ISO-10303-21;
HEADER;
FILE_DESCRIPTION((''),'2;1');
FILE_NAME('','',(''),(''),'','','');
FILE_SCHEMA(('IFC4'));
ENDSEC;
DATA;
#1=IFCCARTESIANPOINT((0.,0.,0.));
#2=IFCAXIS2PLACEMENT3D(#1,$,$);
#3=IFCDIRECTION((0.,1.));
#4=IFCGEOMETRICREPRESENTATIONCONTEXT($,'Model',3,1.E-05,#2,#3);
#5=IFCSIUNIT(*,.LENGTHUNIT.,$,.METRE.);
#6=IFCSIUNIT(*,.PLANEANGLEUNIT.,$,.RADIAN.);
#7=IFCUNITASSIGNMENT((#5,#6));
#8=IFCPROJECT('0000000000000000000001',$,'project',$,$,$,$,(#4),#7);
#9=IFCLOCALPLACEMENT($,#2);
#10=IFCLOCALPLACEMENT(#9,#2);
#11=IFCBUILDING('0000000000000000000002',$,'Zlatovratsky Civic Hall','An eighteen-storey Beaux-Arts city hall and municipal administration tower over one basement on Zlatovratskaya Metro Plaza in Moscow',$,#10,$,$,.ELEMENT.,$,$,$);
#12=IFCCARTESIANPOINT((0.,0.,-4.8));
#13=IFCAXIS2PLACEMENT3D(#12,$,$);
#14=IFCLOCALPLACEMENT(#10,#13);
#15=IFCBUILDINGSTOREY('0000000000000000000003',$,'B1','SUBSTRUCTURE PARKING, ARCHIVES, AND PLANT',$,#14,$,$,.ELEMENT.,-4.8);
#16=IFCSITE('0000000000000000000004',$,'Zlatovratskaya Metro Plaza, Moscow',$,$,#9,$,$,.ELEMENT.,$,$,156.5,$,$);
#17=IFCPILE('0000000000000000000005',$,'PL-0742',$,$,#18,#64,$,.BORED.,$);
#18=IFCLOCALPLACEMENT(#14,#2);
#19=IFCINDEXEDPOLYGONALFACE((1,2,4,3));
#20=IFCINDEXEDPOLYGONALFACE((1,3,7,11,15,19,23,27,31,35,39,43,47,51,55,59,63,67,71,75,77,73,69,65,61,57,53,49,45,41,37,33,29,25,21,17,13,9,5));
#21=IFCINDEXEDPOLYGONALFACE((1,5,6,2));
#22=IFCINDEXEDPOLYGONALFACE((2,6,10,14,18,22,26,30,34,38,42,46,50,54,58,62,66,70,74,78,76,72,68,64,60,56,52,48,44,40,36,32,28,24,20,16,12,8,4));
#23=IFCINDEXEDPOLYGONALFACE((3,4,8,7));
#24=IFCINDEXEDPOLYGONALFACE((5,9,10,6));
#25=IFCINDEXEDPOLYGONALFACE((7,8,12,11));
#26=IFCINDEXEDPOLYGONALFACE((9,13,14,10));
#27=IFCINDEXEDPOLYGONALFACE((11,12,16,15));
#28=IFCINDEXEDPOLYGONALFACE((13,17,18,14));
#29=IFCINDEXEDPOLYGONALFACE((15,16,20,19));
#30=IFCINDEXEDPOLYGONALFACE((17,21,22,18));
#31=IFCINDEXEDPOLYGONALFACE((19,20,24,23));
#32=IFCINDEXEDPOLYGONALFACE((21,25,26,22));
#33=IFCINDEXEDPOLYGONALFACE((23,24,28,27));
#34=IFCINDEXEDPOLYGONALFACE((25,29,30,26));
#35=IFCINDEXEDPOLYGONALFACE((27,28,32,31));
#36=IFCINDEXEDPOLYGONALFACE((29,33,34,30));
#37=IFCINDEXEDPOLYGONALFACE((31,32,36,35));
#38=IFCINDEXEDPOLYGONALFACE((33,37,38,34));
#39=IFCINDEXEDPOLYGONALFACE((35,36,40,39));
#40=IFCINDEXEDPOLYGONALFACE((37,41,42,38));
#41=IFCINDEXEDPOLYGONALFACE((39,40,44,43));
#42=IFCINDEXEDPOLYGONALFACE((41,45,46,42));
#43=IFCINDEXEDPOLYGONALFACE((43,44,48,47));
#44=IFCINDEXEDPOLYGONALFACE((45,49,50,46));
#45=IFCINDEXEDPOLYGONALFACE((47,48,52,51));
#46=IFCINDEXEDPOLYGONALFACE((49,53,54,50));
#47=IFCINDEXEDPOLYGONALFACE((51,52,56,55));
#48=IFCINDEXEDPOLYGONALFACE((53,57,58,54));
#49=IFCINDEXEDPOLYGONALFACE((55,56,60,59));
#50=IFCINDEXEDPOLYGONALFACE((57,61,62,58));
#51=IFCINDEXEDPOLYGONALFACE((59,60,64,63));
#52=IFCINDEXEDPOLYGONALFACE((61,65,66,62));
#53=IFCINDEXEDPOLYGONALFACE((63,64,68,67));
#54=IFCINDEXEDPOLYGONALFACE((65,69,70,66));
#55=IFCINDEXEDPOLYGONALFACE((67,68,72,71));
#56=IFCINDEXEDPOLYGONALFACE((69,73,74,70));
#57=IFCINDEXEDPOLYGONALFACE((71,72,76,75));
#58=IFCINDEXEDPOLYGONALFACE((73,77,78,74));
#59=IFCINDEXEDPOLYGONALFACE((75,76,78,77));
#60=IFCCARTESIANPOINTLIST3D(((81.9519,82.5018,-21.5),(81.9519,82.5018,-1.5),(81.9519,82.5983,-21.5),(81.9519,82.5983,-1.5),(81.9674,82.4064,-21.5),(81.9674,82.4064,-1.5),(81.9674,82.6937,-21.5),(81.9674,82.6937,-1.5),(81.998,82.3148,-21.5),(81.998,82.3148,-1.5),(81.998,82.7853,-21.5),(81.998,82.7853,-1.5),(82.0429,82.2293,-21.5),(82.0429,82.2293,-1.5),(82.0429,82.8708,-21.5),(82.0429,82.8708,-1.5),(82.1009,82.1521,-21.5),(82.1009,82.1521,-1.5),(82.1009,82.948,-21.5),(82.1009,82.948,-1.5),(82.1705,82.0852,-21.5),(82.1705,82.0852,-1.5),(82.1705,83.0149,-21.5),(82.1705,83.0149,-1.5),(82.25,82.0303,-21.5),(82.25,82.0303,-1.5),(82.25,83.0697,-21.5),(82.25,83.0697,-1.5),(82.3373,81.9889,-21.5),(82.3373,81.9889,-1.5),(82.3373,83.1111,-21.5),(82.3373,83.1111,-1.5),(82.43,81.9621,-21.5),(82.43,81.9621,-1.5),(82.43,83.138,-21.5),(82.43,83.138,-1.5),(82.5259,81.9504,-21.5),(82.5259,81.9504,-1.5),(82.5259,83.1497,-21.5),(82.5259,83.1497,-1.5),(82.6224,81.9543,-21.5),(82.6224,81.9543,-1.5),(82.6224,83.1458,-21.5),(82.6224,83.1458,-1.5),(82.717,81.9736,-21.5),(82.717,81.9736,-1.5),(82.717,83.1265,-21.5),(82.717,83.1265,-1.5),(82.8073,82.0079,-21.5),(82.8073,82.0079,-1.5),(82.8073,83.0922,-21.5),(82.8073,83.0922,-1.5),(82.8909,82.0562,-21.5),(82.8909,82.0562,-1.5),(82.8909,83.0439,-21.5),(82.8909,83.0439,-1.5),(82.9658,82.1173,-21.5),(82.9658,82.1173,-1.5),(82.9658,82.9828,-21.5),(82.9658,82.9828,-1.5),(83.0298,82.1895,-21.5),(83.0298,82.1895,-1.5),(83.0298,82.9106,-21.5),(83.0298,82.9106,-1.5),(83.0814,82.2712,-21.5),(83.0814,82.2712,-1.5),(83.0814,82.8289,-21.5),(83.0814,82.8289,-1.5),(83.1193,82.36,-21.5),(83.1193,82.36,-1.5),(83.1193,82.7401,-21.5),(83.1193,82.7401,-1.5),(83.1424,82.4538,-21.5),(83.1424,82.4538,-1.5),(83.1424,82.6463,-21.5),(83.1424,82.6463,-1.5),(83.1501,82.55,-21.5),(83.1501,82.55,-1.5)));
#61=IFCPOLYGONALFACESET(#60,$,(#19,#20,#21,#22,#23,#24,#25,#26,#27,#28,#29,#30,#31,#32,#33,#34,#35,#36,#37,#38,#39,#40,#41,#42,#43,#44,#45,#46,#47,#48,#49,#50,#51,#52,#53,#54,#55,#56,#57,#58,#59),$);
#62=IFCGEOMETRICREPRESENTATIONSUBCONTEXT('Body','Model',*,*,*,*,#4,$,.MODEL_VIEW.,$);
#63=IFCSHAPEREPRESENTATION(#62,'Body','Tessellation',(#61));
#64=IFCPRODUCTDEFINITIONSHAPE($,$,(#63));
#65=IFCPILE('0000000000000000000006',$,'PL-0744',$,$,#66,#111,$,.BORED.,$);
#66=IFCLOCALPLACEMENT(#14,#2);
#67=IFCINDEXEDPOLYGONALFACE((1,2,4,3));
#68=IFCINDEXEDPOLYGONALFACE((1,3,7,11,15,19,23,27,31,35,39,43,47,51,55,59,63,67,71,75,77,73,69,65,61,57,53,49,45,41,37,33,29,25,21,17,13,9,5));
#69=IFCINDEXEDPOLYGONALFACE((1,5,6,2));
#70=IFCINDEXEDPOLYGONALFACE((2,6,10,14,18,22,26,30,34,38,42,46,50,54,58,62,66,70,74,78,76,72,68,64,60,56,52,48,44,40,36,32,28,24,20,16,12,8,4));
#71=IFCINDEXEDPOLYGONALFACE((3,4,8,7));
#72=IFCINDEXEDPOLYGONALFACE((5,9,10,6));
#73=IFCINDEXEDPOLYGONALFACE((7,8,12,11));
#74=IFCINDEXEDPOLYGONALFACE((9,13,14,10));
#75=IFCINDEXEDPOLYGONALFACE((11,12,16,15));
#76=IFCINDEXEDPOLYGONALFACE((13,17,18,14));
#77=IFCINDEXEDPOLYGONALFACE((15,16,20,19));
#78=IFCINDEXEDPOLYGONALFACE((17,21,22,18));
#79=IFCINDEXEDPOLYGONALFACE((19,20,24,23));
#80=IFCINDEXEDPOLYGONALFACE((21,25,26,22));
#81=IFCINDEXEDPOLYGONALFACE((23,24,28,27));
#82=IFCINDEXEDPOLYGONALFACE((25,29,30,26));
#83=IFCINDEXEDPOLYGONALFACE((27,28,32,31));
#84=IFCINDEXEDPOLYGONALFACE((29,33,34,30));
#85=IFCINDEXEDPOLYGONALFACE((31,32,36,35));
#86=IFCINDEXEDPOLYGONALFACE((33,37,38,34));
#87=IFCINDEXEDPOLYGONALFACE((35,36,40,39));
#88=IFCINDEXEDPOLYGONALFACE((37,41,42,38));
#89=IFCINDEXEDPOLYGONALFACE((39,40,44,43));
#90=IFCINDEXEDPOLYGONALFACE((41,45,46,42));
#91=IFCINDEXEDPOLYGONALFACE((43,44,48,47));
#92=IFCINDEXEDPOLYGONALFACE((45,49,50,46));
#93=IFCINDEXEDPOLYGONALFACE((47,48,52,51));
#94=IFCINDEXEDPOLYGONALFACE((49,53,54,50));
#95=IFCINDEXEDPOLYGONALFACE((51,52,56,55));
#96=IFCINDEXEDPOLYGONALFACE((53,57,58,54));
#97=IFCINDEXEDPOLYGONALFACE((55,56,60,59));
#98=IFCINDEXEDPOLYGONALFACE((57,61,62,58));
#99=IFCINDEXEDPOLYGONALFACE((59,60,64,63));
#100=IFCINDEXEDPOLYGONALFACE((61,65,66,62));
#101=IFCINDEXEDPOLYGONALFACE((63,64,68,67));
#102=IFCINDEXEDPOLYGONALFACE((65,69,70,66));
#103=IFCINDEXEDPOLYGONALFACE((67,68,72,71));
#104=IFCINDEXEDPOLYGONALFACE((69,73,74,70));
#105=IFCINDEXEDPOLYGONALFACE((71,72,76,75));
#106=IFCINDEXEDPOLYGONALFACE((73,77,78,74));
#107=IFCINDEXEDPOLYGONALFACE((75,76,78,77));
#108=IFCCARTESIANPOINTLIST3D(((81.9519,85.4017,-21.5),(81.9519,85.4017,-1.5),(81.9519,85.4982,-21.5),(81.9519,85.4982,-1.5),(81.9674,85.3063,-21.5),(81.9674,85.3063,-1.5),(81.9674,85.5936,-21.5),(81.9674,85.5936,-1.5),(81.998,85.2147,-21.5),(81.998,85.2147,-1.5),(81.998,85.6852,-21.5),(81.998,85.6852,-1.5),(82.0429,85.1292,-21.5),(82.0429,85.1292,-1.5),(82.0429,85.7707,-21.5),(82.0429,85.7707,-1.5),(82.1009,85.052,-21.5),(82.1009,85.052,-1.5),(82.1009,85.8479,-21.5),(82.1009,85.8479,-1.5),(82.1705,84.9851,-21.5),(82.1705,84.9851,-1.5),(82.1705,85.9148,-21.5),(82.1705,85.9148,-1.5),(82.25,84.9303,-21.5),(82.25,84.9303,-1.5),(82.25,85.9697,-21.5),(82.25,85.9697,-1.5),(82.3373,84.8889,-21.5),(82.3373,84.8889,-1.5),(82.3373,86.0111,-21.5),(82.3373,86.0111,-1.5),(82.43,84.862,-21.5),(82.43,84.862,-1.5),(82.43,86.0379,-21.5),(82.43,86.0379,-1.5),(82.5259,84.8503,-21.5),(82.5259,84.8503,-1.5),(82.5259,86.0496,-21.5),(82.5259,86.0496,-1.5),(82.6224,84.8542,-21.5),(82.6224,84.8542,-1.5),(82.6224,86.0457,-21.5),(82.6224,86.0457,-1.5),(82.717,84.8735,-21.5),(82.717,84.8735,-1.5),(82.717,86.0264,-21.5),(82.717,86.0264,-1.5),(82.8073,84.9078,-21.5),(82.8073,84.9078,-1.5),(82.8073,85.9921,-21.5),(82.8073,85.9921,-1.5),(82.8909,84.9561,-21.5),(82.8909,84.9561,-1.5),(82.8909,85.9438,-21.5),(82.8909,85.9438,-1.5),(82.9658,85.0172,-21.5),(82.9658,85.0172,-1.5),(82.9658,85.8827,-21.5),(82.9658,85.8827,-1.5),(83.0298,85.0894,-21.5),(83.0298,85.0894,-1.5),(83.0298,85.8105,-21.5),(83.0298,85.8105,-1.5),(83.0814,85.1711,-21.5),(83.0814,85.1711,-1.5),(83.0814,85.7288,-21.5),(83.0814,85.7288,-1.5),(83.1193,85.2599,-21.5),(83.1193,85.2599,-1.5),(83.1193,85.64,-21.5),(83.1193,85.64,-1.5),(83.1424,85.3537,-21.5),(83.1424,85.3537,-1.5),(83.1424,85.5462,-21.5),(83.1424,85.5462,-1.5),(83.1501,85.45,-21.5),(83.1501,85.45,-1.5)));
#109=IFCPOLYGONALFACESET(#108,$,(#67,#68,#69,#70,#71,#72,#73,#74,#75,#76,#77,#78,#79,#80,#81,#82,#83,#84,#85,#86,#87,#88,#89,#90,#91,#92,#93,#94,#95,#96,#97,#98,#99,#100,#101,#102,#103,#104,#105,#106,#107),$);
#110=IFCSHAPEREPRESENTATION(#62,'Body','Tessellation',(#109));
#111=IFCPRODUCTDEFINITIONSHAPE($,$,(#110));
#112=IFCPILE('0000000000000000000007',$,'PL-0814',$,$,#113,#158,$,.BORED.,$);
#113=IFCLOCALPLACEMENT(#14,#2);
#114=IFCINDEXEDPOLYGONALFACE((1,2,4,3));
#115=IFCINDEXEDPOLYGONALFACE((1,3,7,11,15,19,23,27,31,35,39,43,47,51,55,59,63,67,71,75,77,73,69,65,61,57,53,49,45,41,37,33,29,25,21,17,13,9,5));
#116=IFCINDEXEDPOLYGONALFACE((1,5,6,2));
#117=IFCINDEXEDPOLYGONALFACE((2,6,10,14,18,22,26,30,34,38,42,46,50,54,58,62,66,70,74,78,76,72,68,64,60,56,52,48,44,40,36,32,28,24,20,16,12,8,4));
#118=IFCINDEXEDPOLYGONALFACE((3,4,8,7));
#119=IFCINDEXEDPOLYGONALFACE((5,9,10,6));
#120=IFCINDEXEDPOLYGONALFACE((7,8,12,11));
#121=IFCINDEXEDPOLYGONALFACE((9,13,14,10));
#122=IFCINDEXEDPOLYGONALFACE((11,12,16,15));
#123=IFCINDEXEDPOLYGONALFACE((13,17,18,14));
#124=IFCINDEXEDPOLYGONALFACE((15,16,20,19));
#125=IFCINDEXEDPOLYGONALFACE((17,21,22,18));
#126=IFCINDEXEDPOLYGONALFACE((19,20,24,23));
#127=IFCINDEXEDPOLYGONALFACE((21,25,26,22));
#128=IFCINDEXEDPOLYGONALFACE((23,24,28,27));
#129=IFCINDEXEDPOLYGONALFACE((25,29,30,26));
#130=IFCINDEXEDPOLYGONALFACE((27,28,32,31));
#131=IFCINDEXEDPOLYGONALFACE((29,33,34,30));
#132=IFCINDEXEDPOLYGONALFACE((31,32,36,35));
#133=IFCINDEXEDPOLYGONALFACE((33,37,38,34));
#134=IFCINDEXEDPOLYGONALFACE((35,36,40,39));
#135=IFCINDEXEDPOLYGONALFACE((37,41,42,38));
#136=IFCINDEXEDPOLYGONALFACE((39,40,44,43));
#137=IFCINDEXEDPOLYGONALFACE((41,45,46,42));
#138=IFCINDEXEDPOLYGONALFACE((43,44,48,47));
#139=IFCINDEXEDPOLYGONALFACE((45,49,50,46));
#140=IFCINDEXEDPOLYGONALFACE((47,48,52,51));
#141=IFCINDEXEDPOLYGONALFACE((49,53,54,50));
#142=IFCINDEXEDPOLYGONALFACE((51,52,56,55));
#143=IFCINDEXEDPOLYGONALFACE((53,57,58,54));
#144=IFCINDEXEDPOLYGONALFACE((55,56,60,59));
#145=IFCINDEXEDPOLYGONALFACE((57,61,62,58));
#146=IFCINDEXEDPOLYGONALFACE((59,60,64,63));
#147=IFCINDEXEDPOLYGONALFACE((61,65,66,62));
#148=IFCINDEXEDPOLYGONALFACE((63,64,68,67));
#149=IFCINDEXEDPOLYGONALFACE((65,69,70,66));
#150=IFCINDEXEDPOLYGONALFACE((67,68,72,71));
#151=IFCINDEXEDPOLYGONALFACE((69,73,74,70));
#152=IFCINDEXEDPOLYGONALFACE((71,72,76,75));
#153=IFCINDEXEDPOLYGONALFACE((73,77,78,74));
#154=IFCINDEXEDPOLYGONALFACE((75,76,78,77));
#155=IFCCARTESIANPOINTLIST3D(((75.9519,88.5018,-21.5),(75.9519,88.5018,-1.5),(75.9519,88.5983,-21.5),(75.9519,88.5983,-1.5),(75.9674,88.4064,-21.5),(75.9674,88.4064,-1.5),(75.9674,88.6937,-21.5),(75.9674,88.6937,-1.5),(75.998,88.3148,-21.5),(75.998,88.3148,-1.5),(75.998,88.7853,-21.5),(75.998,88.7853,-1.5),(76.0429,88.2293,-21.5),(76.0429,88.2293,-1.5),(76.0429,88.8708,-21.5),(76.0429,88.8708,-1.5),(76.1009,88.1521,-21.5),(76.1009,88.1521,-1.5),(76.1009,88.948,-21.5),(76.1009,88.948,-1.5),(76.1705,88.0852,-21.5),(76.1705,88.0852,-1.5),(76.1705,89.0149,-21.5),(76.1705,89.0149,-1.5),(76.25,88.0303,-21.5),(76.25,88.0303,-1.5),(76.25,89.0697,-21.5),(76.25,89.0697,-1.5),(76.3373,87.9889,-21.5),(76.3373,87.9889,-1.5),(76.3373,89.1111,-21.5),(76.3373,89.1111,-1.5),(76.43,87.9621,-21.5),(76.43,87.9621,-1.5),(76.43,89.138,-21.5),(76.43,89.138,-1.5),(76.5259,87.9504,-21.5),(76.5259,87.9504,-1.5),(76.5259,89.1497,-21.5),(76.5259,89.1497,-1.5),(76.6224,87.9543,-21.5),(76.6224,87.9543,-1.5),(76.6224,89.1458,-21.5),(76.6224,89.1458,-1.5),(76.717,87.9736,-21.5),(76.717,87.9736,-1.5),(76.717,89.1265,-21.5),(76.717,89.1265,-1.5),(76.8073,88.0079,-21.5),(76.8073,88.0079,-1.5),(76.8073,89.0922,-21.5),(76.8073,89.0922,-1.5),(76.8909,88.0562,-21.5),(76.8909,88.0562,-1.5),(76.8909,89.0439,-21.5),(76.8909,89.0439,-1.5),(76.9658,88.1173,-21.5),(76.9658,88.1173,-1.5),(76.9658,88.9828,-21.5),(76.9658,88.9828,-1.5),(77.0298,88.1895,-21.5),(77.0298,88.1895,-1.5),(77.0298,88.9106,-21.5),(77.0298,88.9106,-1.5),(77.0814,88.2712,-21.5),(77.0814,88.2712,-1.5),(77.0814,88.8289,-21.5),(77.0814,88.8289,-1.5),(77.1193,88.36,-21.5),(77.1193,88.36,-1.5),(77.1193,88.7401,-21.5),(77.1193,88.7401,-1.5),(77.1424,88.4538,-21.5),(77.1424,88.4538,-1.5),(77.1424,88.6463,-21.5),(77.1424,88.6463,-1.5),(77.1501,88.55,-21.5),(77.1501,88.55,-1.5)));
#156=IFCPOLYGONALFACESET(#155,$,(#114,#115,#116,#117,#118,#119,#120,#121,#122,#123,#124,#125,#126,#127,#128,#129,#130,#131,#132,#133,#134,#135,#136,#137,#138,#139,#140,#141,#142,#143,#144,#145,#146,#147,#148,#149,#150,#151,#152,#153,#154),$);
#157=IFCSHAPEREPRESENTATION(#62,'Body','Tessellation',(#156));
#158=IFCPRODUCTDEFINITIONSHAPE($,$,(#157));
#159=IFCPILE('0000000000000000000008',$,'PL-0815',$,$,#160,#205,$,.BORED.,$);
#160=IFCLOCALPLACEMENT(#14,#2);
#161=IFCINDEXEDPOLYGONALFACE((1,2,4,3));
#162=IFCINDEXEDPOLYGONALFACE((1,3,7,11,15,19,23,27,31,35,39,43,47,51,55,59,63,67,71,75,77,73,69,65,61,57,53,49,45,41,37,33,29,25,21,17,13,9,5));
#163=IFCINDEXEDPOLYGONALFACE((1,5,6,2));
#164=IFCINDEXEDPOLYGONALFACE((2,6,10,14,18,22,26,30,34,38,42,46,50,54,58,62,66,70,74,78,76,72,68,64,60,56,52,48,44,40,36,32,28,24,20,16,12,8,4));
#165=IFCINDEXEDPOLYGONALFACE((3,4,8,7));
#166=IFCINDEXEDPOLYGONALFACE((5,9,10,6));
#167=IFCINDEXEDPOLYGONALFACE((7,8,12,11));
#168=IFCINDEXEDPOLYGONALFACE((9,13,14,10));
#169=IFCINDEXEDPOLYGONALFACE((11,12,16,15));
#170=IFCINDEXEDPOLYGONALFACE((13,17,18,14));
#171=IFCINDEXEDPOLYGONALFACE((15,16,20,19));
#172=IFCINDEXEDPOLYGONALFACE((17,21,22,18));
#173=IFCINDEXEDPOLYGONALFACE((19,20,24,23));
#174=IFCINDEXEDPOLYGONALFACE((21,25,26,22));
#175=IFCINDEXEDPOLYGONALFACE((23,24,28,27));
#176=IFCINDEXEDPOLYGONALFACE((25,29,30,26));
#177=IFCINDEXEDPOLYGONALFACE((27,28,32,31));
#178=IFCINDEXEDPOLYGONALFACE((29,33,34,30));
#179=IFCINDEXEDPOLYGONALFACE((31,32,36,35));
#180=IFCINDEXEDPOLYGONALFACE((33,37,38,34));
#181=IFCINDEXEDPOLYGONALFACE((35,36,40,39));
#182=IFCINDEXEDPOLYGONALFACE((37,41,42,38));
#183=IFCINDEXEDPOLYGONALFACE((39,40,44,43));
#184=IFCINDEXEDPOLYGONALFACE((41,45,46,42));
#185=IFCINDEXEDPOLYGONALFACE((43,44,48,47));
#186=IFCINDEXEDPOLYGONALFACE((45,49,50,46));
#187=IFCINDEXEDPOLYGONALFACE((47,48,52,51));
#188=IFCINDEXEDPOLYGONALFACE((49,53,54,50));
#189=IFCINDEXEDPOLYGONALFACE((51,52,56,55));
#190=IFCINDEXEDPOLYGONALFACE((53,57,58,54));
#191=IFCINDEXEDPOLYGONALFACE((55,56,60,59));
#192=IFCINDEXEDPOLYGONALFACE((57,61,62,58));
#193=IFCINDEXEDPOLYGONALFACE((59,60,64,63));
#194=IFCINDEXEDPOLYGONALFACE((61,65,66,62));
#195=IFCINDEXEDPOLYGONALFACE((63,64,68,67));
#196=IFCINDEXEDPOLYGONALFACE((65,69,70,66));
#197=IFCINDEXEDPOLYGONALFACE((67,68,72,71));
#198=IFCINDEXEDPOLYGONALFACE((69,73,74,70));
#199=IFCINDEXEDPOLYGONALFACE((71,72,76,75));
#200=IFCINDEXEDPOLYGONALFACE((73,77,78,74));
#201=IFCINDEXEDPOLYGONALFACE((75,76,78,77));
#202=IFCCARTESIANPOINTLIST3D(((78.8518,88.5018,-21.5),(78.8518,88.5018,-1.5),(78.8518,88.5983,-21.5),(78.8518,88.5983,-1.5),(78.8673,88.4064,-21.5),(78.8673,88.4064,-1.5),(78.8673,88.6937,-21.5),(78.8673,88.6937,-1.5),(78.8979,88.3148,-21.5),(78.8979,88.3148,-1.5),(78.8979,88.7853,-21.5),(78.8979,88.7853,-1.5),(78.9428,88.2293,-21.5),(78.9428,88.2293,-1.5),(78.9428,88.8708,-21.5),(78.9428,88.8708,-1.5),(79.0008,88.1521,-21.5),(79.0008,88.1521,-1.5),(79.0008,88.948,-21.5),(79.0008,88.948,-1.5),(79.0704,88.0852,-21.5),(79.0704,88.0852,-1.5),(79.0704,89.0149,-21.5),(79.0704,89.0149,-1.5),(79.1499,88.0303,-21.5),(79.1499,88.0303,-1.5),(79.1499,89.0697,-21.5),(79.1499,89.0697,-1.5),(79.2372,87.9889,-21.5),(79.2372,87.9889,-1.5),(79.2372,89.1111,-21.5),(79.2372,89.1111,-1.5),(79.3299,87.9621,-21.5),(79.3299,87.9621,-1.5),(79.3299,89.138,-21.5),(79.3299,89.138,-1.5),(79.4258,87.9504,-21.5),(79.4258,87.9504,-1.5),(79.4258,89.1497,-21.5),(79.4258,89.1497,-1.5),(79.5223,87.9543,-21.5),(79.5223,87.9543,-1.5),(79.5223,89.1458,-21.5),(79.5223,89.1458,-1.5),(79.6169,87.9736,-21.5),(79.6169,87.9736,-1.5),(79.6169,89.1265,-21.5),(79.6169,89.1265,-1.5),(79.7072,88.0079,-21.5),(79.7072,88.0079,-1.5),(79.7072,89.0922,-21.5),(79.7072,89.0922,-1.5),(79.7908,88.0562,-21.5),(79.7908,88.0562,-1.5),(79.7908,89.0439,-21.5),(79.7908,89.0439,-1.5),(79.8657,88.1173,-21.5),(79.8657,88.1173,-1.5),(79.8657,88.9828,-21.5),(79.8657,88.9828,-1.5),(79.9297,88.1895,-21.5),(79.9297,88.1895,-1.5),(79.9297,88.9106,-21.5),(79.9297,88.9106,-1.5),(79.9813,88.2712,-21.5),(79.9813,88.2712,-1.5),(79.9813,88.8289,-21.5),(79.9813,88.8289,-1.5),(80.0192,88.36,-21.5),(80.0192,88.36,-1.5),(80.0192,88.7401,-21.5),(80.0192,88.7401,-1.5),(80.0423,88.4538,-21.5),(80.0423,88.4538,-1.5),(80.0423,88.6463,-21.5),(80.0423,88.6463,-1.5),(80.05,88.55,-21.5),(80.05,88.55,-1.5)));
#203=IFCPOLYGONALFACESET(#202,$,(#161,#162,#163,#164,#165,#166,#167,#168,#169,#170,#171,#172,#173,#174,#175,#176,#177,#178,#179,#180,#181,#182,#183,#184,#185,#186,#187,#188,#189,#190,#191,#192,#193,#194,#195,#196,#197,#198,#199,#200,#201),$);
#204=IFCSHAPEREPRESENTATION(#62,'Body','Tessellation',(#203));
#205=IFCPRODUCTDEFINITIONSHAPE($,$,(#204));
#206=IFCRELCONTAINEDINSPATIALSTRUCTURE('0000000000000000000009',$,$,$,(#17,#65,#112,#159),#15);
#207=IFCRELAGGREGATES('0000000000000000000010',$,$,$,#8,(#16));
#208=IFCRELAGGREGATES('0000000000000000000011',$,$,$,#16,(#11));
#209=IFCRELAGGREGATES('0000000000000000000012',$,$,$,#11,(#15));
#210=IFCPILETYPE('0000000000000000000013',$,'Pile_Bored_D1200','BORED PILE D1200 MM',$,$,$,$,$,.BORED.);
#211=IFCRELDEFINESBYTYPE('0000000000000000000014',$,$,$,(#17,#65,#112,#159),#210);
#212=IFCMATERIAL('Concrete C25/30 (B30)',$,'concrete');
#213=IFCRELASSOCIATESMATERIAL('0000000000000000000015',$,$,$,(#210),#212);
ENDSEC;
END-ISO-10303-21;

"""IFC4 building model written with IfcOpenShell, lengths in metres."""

from ifc_helpers import new_model, si_unit, direction, frame, origin, origin_2d, place, context, subcontext, project, spatial, circle, extrude, material, material_profile, profile_set, type_object, element, save


model = new_model("IFC4")

# Units and contexts
model_context = context("Model", 3, precision=1e-05, world=origin(), true_north=direction((0.0, 1.0)))
body_context = subcontext(model_context, "Body", "Model", "MODEL_VIEW")
ifc_project = project(units=[si_unit("LENGTHUNIT", "METRE"), si_unit("PLANEANGLEUNIT", "RADIAN")], contexts=[model_context])

# Site, building, storey
site_placement = place(None, origin())
site = spatial("IfcSite", under=ifc_project, at=site_placement, Name="Zlatovratskaya Metro Plaza, Moscow", CompositionType="ELEMENT", RefElevation=156.5)
building_placement = place(site_placement, origin())
building = spatial("IfcBuilding", under=site, at=building_placement, Name="Zlatovratsky Civic Hall", Description="An eighteen-storey Beaux-Arts city hall and municipal administration tower over one basement on Zlatovratskaya Metro Plaza in Moscow", CompositionType="ELEMENT")
storey_placement = place(building_placement, frame((0.0, 0.0, -4.8)))
storey = spatial("IfcBuildingStorey", under=building, at=storey_placement, Name="B1", Description="SUBSTRUCTURE PARKING, ARCHIVES, AND PLANT", CompositionType="ELEMENT", Elevation=-4.8)

# Shared definitions
ifc_material_1 = material(Name="Concrete C25/30 (B30)", Category="concrete")

# Piles
ifc_material_profile_1 = material_profile(ifc_material_1, circle(Radius=0.6001, at=origin_2d()), Name="PILE D1200")
ifc_profile_set_1 = profile_set([ifc_material_profile_1], Name="Concrete C25/30 (B30)")
pile_type = type_object("IfcPileType", Name="Pile_Bored_D1200", Description="BORED PILE D1200 MM", PredefinedType="BORED", material=ifc_profile_set_1)
for number, where, z_axis, x_axis, name in (
    (1, (82.55, 82.55, -1.5), (0.0, 0.0, -1.0), (1.0, 0.0, 0.0), "PL-0742"),
    (2, (82.55, 85.45, -1.5), (0.0, 0.0, -1.0), (1.0, 0.0, 0.0), "PL-0744"),
    (3, (76.55, 88.55, -1.5), (0.0, 0.0, -1.0), (1.0, 0.0, 0.0), "PL-0814"),
    (4, (79.45, 88.55, -1.5), (0.0, 0.0, -1.0), (1.0, 0.0, 0.0), "PL-0815"),
):
    element("IfcPile", number, at=place(storey_placement, frame(where, z_axis=z_axis, x_axis=x_axis)), inside=storey, type_object=pile_type, Name=name, PredefinedType="BORED", context=body_context, shape_type="SweptSolid", body=[
        extrude(circle(Radius=0.6001, at=origin_2d()), origin(), (0.0, 0.0, 1.0), 20.0),
    ])

save(model, "model.ifc")
